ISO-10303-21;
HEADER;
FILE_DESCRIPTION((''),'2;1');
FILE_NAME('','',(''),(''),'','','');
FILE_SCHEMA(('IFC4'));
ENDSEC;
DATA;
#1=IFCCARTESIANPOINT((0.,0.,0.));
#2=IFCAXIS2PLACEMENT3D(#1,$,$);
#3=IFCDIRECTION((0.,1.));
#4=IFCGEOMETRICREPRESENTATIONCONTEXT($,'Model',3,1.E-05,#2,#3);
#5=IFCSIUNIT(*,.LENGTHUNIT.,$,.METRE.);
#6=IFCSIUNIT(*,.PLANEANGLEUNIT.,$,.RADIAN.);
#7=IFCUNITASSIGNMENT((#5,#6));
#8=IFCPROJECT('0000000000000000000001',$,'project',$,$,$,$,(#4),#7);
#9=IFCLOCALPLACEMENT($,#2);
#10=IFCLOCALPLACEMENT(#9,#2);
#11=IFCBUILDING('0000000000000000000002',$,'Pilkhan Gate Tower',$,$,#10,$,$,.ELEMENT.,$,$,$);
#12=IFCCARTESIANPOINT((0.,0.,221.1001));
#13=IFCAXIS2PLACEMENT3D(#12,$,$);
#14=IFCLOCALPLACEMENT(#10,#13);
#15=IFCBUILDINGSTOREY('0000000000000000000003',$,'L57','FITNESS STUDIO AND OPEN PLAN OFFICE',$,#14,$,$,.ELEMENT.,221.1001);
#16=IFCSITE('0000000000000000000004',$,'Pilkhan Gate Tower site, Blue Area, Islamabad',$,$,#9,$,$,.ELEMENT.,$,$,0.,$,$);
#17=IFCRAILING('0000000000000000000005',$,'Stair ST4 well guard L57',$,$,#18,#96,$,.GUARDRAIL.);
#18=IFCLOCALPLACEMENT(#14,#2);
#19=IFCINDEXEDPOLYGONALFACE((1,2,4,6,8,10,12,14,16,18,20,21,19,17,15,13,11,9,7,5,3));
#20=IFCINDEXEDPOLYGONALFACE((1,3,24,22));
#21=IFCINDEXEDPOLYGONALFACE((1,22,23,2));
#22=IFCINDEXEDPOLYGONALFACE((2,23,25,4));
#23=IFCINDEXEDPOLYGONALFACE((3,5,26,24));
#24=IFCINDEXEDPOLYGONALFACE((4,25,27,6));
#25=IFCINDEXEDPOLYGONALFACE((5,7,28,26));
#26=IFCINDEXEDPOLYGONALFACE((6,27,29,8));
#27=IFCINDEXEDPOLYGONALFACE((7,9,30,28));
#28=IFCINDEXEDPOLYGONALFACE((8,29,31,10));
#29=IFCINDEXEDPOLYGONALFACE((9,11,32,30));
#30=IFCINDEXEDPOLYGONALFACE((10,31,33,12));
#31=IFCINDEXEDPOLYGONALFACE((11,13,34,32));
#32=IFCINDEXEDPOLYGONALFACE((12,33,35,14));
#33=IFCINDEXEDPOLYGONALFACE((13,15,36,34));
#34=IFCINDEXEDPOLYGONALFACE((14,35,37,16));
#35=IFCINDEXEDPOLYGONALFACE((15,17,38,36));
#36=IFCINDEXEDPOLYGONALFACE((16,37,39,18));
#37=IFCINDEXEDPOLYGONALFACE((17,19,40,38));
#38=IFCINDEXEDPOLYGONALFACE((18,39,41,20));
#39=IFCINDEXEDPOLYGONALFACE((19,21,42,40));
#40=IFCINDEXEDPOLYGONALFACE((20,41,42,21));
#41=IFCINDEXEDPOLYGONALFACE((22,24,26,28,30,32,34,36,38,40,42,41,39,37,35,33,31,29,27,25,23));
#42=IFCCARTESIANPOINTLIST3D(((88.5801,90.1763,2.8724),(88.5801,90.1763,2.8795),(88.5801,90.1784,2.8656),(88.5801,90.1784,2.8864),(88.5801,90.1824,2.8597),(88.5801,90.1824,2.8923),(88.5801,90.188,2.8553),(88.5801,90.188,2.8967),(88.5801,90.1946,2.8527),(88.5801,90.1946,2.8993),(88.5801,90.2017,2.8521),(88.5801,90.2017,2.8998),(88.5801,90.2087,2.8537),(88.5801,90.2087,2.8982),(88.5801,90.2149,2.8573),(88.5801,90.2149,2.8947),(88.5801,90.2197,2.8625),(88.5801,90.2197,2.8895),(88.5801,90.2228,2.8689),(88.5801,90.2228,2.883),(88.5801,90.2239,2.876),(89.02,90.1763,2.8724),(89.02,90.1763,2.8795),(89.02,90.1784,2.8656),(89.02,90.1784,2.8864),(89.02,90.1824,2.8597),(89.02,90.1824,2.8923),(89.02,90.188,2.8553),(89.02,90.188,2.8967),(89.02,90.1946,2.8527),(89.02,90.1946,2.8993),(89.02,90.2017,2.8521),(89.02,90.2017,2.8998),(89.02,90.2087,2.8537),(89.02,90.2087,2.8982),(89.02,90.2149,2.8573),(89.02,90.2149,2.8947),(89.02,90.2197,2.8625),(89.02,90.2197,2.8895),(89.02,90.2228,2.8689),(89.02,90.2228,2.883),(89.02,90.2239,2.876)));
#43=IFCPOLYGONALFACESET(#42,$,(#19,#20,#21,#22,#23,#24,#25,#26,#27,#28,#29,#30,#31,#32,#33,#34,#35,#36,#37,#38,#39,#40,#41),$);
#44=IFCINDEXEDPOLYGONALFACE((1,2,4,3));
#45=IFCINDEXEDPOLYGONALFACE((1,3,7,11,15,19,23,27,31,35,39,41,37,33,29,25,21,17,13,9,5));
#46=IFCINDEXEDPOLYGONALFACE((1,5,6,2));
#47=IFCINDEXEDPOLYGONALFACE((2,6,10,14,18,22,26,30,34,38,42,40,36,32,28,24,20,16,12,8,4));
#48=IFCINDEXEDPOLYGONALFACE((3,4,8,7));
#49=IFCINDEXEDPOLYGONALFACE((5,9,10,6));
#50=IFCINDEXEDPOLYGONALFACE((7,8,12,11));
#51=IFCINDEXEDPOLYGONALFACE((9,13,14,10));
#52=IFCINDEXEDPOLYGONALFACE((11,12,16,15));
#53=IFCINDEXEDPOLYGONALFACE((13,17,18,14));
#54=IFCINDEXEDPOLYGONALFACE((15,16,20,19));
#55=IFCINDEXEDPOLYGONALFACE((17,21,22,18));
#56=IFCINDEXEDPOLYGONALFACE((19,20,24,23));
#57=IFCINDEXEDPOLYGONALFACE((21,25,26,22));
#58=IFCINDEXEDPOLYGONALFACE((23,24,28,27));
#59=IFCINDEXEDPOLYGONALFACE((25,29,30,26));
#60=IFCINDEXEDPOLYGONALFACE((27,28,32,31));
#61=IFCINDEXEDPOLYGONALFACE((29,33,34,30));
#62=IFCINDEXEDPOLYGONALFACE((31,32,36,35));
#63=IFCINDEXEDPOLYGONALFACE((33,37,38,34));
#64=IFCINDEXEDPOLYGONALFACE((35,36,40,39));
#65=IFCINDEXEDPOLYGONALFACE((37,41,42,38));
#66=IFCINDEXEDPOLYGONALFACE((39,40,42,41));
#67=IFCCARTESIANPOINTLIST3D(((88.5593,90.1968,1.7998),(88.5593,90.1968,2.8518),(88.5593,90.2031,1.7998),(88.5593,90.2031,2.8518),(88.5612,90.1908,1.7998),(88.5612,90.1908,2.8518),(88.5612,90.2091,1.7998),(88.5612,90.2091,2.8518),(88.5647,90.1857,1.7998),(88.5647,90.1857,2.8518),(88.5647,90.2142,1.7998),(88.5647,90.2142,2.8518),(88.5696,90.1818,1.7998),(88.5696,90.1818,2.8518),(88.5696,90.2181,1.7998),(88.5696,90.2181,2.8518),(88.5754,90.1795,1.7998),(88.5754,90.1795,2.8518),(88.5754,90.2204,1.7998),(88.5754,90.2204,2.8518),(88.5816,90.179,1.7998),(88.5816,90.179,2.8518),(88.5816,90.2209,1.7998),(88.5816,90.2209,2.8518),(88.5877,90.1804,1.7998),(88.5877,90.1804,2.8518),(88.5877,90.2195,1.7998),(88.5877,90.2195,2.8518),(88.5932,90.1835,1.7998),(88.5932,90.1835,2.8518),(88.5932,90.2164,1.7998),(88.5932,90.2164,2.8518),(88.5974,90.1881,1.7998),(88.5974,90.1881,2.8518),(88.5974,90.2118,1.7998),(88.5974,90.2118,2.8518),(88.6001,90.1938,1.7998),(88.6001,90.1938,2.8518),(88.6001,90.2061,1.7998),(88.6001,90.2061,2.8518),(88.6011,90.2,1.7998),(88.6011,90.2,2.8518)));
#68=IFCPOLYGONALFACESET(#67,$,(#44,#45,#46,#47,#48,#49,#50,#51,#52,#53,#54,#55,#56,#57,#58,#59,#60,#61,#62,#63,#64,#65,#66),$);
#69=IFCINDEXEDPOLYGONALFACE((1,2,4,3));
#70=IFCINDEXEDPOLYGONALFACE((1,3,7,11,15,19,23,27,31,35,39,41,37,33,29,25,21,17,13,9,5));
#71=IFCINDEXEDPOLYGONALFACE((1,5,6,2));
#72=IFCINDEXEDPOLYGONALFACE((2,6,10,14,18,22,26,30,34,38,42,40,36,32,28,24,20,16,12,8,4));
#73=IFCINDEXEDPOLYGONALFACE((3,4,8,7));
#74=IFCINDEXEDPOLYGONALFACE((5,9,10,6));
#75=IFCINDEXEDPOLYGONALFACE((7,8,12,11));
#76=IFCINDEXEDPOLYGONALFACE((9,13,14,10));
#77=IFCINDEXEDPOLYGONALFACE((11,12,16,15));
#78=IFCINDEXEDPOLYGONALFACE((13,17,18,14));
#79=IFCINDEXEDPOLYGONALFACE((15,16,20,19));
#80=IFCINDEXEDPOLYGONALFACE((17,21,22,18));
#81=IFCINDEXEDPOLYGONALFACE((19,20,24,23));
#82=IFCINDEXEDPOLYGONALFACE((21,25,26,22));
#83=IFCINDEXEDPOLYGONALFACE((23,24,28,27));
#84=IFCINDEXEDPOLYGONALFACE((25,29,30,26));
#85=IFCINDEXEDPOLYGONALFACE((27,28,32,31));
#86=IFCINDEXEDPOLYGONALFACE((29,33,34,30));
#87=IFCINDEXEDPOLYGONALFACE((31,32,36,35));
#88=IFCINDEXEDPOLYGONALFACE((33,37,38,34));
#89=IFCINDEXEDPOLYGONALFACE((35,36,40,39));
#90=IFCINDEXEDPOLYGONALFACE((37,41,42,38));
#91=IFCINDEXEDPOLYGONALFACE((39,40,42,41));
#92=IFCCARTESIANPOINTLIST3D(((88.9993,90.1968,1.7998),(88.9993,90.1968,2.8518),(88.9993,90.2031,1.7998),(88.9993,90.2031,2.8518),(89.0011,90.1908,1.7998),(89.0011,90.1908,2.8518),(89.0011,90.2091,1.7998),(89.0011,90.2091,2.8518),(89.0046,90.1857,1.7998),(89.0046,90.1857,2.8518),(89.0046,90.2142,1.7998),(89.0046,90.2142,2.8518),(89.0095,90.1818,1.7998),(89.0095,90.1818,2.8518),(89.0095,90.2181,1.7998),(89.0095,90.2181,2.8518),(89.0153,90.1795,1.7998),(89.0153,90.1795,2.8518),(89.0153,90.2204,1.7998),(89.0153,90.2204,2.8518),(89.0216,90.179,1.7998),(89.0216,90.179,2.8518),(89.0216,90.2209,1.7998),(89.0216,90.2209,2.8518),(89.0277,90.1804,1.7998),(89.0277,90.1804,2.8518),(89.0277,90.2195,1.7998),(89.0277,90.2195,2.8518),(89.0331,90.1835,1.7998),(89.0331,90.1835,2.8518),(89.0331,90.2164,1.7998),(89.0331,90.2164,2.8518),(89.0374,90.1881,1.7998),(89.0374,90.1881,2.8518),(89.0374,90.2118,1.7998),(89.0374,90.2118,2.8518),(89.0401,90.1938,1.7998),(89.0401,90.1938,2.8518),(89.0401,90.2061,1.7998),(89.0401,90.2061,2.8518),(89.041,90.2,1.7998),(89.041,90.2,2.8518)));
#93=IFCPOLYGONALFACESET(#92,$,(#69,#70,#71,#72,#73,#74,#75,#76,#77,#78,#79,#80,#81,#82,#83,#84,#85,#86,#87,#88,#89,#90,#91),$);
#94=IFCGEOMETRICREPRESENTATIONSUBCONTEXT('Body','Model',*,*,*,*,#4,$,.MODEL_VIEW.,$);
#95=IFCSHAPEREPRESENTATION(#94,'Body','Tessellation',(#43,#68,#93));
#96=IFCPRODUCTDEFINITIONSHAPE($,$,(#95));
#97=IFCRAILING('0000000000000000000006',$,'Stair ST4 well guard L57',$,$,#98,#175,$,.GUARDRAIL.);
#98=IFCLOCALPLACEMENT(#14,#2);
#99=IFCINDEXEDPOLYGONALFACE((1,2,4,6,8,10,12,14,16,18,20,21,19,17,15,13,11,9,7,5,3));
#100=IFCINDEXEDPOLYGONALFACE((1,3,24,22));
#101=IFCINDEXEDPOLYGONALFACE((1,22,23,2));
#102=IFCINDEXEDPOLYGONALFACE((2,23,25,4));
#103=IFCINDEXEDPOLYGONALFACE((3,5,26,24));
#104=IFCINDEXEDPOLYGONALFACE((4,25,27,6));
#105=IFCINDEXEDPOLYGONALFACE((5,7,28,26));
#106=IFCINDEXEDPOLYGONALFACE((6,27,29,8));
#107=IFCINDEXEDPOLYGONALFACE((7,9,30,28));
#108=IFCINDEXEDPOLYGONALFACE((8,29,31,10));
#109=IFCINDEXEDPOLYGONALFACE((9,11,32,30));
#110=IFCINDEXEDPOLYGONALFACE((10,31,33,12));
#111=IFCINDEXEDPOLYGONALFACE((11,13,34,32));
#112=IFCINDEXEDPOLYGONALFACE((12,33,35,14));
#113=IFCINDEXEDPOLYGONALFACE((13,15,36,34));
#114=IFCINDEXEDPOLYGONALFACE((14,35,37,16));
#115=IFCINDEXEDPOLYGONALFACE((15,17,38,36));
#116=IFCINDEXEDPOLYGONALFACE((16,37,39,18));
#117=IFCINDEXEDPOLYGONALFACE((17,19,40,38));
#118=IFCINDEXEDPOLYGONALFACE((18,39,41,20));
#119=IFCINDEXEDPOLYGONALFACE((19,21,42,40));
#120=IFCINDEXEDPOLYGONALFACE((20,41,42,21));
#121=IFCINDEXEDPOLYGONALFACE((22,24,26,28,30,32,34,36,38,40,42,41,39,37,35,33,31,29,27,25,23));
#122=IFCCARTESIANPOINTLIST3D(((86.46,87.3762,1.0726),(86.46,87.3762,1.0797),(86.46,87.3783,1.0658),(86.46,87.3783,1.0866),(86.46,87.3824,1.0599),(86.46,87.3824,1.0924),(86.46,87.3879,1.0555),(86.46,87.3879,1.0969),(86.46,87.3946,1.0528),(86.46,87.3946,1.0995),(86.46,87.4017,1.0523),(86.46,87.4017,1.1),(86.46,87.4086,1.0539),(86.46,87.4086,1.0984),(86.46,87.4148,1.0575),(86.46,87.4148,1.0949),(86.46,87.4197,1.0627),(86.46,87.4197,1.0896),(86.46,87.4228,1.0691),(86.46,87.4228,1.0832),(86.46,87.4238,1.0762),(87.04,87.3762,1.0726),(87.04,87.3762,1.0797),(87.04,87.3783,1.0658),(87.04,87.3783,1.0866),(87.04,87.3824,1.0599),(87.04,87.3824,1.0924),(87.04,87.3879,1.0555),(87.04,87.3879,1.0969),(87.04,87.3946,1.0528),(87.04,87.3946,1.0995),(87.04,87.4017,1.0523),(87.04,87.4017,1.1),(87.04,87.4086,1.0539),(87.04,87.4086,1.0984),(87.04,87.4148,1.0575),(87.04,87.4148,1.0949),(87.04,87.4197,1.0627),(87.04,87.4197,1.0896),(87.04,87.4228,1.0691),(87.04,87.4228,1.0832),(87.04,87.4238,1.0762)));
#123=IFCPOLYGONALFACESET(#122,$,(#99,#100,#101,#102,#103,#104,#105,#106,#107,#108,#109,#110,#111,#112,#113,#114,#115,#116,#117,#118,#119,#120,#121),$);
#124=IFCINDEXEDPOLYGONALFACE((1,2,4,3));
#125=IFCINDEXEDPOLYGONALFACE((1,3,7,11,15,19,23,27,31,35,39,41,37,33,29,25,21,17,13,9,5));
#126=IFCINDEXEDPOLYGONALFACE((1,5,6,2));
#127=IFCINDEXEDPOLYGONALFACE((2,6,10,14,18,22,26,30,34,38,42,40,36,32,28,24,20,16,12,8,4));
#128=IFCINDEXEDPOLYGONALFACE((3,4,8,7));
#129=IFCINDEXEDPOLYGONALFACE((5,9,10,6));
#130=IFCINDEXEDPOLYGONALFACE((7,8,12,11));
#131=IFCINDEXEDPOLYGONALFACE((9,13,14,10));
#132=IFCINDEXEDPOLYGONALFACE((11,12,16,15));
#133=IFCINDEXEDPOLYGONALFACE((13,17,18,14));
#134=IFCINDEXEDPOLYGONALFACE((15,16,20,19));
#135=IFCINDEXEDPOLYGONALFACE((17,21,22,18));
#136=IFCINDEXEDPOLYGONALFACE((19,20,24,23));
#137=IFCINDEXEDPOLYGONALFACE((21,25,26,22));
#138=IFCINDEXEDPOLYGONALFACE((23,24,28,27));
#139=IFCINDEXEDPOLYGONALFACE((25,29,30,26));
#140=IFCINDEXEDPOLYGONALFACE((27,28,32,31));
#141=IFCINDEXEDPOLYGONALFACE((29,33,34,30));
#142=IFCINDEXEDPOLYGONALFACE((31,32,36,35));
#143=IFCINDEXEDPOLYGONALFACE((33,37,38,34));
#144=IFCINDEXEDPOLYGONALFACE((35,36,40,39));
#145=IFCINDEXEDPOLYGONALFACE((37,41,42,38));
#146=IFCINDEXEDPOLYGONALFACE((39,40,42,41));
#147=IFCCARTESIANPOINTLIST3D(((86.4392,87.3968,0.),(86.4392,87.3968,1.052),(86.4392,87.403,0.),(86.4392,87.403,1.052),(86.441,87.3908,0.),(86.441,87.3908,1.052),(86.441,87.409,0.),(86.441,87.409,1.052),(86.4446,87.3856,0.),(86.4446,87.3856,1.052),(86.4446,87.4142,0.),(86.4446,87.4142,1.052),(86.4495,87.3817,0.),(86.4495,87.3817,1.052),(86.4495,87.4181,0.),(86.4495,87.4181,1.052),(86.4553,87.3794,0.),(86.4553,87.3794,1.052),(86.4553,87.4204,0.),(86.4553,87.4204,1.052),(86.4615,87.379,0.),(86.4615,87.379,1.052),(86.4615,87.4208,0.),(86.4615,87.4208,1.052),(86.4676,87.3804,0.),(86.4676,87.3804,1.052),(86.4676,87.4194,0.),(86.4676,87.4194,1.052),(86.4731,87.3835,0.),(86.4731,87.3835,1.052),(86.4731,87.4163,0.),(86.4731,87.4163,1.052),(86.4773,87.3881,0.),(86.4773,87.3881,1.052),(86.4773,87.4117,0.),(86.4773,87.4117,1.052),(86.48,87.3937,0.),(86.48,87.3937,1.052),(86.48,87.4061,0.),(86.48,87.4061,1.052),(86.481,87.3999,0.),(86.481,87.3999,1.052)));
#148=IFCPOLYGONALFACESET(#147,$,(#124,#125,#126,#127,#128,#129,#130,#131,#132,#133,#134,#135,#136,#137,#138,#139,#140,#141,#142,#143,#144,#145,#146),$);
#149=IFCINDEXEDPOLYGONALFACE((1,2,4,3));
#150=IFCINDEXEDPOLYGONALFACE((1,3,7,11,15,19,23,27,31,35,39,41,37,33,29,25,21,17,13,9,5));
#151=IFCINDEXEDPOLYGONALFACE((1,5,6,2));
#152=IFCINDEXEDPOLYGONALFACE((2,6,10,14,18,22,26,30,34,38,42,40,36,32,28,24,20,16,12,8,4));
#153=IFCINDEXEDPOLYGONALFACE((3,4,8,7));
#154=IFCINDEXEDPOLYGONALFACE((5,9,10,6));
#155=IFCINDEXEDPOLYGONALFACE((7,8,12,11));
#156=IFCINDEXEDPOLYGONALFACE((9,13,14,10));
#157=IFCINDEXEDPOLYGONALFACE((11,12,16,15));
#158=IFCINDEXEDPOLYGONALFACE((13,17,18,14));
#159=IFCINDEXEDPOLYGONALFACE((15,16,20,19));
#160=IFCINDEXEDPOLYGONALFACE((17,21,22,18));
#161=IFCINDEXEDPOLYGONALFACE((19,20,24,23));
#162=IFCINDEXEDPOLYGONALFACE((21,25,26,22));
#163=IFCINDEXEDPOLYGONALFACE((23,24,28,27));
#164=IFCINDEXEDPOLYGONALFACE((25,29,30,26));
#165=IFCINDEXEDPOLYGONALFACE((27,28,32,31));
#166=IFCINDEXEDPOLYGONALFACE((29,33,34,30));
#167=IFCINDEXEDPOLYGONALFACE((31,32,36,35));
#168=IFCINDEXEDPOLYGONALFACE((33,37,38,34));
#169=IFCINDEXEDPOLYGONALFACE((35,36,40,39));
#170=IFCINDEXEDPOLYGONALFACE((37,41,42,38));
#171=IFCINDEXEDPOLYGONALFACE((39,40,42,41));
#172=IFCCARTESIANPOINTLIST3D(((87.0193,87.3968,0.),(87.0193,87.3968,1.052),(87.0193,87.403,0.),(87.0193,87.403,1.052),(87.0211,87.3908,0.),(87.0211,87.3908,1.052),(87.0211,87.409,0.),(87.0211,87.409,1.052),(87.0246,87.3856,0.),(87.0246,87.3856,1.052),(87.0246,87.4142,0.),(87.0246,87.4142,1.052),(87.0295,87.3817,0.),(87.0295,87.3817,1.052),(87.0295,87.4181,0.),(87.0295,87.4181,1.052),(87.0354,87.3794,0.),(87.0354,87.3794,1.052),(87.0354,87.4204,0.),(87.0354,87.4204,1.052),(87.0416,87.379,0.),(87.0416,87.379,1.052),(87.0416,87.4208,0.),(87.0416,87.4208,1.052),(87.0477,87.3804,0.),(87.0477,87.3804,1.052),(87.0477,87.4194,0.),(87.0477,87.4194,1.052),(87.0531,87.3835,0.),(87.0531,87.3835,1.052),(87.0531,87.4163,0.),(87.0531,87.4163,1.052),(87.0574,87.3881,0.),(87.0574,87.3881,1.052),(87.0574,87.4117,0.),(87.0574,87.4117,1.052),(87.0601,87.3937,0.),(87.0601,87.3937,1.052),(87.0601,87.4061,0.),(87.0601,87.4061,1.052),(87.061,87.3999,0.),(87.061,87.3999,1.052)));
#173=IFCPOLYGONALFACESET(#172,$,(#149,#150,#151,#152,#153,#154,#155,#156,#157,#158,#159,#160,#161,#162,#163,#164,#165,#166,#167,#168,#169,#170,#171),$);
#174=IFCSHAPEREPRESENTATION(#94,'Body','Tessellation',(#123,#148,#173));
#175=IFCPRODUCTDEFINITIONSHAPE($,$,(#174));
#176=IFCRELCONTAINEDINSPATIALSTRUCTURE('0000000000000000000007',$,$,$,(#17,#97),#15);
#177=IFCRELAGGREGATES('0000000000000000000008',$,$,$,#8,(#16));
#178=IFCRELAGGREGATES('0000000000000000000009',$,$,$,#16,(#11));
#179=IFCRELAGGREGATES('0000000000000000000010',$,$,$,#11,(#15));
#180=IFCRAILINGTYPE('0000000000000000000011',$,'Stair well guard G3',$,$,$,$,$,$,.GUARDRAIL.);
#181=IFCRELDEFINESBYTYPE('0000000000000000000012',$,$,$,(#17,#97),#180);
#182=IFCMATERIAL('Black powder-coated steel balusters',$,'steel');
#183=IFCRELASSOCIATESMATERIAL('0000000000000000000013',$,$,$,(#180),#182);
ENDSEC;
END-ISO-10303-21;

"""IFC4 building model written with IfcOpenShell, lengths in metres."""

from ifc_helpers import new_model, si_unit, direction, frame, origin, origin_2d, place, context, subcontext, project, spatial, circle, extrude, material, type_object, element, save


model = new_model("IFC4")

# Units and contexts
model_context = context("Model", 3, precision=1e-05, world=origin(), true_north=direction((0.0, 1.0)))
body_context = subcontext(model_context, "Body", "Model", "MODEL_VIEW")
ifc_project = project(units=[si_unit("LENGTHUNIT", "METRE"), si_unit("PLANEANGLEUNIT", "RADIAN")], contexts=[model_context])

# Site, building, storey
site_placement = place(None, origin())
site = spatial("IfcSite", under=ifc_project, at=site_placement, Name="Pilkhan Gate Tower site, Blue Area, Islamabad", CompositionType="ELEMENT", RefElevation=0.0)
building_placement = place(site_placement, origin())
building = spatial("IfcBuilding", under=site, at=building_placement, Name="Pilkhan Gate Tower", CompositionType="ELEMENT")
storey_placement = place(building_placement, frame((0.0, 0.0, 221.1001)))
storey = spatial("IfcBuildingStorey", under=building, at=storey_placement, Name="L57", Description="FITNESS STUDIO AND OPEN PLAN OFFICE", CompositionType="ELEMENT", Elevation=221.1001)

# Railings
ifc_material_1 = material(Name="Black powder-coated steel balusters", Category="steel")
railing_type_1 = type_object("IfcRailingType", Name="Stair well guard G3", PredefinedType="GUARDRAIL", material=ifc_material_1)
railing_1_placement = place(storey_placement, frame((88.5801, 90.2, 1.7998)))
element("IfcRailing", 1, at=railing_1_placement, inside=storey, type_object=railing_type_1, Name="Stair ST4 well guard L57", PredefinedType="GUARDRAIL", context=body_context, shape_type="SweptSolid", body=[
    extrude(circle(Radius=0.0239, at=origin_2d()), frame((0.0, 0.0, 1.0762), z_axis=(1.0, 0.0, 0.0), x_axis=(0.0, 1.0, 0.0)), (0.0, 0.0, 1.0), 0.4399),
    extrude(circle(Radius=0.021, at=origin_2d()), origin(), (0.0, 0.0, 1.0), 1.052),
    extrude(circle(Radius=0.021, at=origin_2d()), frame((0.4399, 0.0, 0.0)), (0.0, 0.0, 1.0), 1.052),
])
for number, where, name in (
    (2, (86.46, 87.3999, 0.0), "Stair ST4 well guard L57"),
):
    element("IfcRailing", number, at=place(storey_placement, frame(where)), inside=storey, type_object=railing_type_1, Name=name, PredefinedType="GUARDRAIL", context=body_context, shape_type="SweptSolid", body=[
        extrude(circle(Radius=0.0239, at=origin_2d()), frame((0.0, 0.0, 1.0762), z_axis=(1.0, 0.0, 0.0), x_axis=(0.0, 1.0, 0.0)), (0.0, 0.0, 1.0), 0.5801),
        extrude(circle(Radius=0.021, at=origin_2d()), origin(), (0.0, 0.0, 1.0), 1.052),
        extrude(circle(Radius=0.021, at=origin_2d()), frame((0.5801, 0.0, 0.0)), (0.0, 0.0, 1.0), 1.052),
    ])

save(model, "model.ifc")
